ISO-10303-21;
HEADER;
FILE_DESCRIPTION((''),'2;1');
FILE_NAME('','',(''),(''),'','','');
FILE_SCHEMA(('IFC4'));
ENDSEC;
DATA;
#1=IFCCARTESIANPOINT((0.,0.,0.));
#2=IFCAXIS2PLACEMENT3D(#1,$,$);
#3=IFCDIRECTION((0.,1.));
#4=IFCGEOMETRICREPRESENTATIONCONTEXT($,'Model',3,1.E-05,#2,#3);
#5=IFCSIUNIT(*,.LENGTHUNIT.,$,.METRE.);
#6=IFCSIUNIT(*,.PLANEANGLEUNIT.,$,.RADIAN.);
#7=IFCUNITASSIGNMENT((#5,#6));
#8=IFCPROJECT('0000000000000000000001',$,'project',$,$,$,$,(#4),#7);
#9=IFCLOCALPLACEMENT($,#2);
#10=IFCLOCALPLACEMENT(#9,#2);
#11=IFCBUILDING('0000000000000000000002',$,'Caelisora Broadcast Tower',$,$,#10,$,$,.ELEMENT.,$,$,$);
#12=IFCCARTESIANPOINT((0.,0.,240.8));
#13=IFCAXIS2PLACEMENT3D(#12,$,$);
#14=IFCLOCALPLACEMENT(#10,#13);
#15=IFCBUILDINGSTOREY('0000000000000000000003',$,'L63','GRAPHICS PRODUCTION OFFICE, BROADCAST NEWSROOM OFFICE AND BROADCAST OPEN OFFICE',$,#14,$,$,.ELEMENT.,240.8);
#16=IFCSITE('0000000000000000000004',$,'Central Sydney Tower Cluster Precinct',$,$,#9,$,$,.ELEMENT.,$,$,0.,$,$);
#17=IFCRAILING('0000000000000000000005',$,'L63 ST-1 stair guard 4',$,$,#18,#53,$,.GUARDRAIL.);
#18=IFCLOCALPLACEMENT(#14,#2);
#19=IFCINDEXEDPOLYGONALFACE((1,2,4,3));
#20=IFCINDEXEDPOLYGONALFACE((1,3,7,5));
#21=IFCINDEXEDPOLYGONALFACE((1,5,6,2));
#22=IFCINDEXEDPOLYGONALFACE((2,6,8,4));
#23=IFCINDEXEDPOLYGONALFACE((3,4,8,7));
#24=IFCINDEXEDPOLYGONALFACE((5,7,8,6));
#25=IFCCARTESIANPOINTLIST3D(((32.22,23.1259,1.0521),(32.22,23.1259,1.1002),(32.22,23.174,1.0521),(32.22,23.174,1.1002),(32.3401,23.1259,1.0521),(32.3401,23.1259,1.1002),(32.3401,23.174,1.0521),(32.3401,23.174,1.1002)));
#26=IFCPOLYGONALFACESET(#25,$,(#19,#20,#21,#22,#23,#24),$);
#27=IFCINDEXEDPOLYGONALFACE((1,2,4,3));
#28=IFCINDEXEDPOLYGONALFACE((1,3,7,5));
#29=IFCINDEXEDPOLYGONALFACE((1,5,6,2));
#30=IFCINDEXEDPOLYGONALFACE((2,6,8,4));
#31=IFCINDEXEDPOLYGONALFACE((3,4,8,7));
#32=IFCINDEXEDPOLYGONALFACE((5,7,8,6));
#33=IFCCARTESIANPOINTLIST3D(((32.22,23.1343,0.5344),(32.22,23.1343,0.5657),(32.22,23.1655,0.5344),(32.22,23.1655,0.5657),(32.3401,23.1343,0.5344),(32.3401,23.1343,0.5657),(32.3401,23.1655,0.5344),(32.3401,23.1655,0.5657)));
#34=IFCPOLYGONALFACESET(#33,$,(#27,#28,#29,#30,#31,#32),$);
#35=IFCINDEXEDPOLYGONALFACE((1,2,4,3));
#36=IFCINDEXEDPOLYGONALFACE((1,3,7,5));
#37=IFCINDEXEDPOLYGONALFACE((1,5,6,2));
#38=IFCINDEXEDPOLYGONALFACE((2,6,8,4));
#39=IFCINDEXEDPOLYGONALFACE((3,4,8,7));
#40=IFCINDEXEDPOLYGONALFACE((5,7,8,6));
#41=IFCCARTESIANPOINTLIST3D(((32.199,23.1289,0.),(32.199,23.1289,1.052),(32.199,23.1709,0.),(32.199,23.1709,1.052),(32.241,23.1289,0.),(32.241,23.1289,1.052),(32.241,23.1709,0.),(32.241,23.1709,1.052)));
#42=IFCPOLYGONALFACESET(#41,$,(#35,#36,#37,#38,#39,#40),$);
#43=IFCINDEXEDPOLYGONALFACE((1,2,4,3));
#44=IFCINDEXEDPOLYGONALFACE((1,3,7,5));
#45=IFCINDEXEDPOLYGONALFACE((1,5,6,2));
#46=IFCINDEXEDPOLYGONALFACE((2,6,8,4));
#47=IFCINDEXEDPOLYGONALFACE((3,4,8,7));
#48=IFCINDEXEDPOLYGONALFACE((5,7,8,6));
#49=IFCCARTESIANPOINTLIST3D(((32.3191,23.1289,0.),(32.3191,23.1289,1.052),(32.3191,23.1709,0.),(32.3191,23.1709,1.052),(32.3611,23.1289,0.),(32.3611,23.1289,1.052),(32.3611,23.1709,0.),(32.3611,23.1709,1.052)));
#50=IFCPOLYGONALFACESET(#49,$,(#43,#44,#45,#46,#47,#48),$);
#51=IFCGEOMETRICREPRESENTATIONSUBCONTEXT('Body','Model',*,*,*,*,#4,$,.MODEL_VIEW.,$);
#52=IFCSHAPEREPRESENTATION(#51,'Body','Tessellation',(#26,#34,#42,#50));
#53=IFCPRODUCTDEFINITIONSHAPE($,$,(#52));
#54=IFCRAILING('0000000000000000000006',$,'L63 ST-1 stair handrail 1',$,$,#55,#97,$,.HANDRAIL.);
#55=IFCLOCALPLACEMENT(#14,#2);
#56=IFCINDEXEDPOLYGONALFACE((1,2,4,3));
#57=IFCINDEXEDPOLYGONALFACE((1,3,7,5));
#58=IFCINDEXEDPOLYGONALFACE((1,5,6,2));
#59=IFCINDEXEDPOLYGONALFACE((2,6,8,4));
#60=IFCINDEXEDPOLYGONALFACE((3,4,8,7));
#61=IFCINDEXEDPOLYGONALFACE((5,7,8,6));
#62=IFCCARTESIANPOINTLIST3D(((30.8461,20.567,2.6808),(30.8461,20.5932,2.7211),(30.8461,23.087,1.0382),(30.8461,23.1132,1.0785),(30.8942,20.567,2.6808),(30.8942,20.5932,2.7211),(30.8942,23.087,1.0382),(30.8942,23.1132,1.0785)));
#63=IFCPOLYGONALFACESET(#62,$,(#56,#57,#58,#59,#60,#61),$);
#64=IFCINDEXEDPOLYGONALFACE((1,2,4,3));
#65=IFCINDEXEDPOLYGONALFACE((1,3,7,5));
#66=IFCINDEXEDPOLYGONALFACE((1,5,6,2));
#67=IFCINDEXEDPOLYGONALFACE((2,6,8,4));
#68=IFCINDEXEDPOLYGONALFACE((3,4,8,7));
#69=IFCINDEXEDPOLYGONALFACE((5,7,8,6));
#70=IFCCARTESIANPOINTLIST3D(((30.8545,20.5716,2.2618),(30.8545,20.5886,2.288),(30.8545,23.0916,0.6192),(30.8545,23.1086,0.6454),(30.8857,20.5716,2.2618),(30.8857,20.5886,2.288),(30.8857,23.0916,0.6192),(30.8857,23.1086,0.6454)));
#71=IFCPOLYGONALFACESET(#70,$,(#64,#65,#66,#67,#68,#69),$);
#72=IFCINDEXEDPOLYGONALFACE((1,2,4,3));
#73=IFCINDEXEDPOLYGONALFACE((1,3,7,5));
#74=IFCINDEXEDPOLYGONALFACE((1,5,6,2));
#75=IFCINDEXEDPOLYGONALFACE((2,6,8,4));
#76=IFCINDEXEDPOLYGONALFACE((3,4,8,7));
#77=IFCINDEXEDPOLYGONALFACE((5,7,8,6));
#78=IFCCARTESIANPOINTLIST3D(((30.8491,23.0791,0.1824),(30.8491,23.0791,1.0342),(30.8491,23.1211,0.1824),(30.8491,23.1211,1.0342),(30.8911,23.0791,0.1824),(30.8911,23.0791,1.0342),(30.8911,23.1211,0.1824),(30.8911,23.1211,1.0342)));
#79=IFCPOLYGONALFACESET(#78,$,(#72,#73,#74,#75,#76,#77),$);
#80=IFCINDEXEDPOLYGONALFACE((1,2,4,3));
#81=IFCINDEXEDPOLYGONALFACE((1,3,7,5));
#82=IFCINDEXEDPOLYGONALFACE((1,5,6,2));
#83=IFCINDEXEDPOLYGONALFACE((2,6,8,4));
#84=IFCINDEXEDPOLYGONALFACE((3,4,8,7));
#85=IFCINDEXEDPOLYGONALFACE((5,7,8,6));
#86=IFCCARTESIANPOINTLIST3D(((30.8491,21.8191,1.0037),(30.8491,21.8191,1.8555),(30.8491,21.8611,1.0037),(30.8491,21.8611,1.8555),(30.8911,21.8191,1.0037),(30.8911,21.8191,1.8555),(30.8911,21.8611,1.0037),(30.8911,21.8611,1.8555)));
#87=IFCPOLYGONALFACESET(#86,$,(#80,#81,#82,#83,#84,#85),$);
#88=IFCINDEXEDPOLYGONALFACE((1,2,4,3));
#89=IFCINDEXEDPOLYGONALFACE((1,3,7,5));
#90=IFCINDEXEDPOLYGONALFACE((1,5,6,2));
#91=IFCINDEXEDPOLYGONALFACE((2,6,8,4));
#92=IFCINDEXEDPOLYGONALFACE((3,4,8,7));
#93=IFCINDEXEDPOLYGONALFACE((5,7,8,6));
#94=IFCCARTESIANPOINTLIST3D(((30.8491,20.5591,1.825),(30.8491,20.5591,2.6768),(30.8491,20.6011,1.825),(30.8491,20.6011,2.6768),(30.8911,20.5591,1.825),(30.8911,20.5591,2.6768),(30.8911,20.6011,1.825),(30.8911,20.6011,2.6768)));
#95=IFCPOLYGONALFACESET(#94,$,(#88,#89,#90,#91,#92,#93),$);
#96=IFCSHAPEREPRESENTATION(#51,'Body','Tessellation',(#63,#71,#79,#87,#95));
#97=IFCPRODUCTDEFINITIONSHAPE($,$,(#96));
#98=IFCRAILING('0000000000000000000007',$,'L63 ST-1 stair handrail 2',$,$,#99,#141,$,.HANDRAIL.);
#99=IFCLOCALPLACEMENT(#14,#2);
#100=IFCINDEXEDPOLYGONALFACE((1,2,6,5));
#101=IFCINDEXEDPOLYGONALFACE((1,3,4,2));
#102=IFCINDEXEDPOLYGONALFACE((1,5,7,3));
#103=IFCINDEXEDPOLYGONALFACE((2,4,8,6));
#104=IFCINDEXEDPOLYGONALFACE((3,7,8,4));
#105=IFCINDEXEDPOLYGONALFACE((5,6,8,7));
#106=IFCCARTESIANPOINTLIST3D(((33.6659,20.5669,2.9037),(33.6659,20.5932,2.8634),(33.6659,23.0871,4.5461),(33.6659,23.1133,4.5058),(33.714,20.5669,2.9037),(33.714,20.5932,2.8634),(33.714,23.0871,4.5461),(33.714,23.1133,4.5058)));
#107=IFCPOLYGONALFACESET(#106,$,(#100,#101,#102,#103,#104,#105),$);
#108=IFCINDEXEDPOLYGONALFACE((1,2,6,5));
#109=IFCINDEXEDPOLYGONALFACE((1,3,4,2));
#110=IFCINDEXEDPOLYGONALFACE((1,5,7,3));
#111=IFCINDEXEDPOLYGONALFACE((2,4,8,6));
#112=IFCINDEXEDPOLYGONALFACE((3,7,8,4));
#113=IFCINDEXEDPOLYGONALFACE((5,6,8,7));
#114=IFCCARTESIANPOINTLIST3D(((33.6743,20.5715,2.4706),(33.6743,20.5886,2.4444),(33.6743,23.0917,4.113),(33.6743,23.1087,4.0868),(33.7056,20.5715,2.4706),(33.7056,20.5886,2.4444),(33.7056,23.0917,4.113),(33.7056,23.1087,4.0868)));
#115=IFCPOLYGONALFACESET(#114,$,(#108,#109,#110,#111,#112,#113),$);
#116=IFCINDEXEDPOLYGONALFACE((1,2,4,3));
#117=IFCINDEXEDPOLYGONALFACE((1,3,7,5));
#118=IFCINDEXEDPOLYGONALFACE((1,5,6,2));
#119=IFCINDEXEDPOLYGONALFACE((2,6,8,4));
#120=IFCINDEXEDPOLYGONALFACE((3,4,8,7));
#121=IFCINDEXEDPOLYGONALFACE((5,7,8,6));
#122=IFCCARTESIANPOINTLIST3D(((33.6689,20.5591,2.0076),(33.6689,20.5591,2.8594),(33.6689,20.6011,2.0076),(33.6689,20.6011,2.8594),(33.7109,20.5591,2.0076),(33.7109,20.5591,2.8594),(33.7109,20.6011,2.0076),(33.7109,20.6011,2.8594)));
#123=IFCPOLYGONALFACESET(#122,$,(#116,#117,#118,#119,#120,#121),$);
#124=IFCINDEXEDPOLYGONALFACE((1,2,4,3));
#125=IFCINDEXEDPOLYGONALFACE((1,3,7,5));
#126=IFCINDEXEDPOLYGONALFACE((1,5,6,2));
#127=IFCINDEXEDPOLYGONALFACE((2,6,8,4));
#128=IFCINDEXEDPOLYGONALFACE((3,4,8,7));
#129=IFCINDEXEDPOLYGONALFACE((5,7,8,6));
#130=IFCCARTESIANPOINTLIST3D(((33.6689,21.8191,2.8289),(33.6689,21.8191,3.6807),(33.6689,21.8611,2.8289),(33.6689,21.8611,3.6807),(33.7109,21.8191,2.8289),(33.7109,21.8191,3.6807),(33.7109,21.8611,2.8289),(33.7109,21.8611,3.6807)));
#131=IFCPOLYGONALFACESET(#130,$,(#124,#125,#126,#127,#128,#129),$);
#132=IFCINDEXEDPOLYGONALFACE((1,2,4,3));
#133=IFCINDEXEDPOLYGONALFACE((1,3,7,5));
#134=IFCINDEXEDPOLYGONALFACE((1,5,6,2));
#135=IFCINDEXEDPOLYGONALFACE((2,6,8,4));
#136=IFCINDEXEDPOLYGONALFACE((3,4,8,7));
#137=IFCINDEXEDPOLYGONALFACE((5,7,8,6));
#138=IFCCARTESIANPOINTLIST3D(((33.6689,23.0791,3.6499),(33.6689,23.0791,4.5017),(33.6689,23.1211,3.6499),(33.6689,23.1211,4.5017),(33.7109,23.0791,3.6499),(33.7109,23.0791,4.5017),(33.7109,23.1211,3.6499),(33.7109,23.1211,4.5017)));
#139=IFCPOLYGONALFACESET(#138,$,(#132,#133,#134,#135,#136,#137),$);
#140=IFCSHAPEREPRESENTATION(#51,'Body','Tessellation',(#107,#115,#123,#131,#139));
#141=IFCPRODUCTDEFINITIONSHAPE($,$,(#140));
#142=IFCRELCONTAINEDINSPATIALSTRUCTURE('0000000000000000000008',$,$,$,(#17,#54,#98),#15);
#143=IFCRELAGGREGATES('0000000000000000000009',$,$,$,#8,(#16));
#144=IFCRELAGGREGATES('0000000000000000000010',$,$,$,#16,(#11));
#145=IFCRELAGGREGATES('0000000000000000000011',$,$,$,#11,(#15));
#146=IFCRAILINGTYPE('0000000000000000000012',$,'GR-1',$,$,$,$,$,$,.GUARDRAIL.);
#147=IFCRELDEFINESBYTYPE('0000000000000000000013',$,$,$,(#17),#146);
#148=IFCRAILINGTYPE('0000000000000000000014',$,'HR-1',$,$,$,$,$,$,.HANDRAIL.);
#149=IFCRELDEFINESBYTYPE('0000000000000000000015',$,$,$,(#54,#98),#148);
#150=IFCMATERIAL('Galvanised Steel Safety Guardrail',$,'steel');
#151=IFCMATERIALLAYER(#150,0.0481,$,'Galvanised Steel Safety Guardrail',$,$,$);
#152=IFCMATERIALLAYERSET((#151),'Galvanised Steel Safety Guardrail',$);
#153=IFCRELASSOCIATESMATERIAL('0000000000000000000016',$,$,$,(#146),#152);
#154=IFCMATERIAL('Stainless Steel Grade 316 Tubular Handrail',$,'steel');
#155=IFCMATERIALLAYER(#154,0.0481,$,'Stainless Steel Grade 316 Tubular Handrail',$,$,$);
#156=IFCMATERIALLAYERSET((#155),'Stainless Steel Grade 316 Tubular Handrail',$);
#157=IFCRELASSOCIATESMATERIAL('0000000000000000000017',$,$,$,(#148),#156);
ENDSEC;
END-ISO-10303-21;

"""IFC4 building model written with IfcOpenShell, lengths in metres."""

from ifc_helpers import new_model, si_unit, direction, frame, origin, origin_2d, place, context, subcontext, project, spatial, rectangle, extrude, material, layer, layer_set, type_object, element, save


model = new_model("IFC4")

# Units and contexts
model_context = context("Model", 3, precision=1e-05, world=origin(), true_north=direction((0.0, 1.0)))
body_context = subcontext(model_context, "Body", "Model", "MODEL_VIEW")
ifc_project = project(units=[si_unit("LENGTHUNIT", "METRE"), si_unit("PLANEANGLEUNIT", "RADIAN")], contexts=[model_context])

# Site, building, storey
site_placement = place(None, origin())
site = spatial("IfcSite", under=ifc_project, at=site_placement, Name="Central Sydney Tower Cluster Precinct", CompositionType="ELEMENT", RefElevation=0.0)
building_placement = place(site_placement, origin())
building = spatial("IfcBuilding", under=site, at=building_placement, Name="Caelisora Broadcast Tower", CompositionType="ELEMENT")
storey_placement = place(building_placement, frame((0.0, 0.0, 240.8)))
storey = spatial("IfcBuildingStorey", under=building, at=storey_placement, Name="L63", Description="GRAPHICS PRODUCTION OFFICE, BROADCAST NEWSROOM OFFICE AND BROADCAST OPEN OFFICE", CompositionType="ELEMENT", Elevation=240.8)

# Railings
ifc_material_1 = material(Name="Galvanised Steel Safety Guardrail", Category="steel")
ifc_layer_1 = layer(ifc_material_1, 0.0481, Name="Galvanised Steel Safety Guardrail")
ifc_layer_set_1 = layer_set([ifc_layer_1], Name="Galvanised Steel Safety Guardrail")
railing_type_1 = type_object("IfcRailingType", Name="GR-1", PredefinedType="GUARDRAIL", material=ifc_layer_set_1)
railing_1_placement = place(storey_placement, frame((32.22, 23.1499, 0.0)))
element("IfcRailing", 1, at=railing_1_placement, inside=storey, type_object=railing_type_1, Name="L63 ST-1 stair guard 4", PredefinedType="GUARDRAIL", context=body_context, shape_type="SweptSolid", body=[
    extrude(rectangle(XDim=0.0481, YDim=0.0481, at=origin_2d()), frame((0.0, 0.0, 1.0762), z_axis=(1.0, 0.0, 0.0), x_axis=(0.0, 1.0, 0.0)), (0.0, 0.0, 1.0), 0.1201),
    extrude(rectangle(XDim=0.0312, YDim=0.0312, at=origin_2d()), frame((0.0, 0.0, 0.55), z_axis=(1.0, 0.0, 0.0), x_axis=(0.0, 1.0, 0.0)), (0.0, 0.0, 1.0), 0.1201),
    extrude(rectangle(XDim=0.042, YDim=0.042, at=origin_2d()), origin(), (0.0, 0.0, 1.0), 1.052),
    extrude(rectangle(XDim=0.042, YDim=0.042, at=origin_2d()), frame((0.1201, 0.0, 0.0)), (0.0, 0.0, 1.0), 1.052),
])
ifc_material_2 = material(Name="Stainless Steel Grade 316 Tubular Handrail", Category="steel")
ifc_layer_2 = layer(ifc_material_2, 0.0481, Name="Stainless Steel Grade 316 Tubular Handrail")
ifc_layer_set_2 = layer_set([ifc_layer_2], Name="Stainless Steel Grade 316 Tubular Handrail")
railing_type_2 = type_object("IfcRailingType", Name="HR-1", PredefinedType="HANDRAIL", material=ifc_layer_set_2)
railing_2_placement = place(storey_placement, frame((30.8701, 23.1001, 0.1824)))
element("IfcRailing", 2, at=railing_2_placement, inside=storey, type_object=railing_type_2, Name="L63 ST-1 stair handrail 1", PredefinedType="HANDRAIL", context=body_context, shape_type="SweptSolid", body=[
    extrude(rectangle(XDim=0.0481, YDim=0.0481, at=origin_2d()), frame((0.0, 0.0, 0.876), z_axis=(0.0, -0.837749, 0.546055), x_axis=(1.0, 0.0, 0.0)), (0.0, 0.0, 1.0), 3.0081),
    extrude(rectangle(XDim=0.0312, YDim=0.0312, at=origin_2d()), frame((0.0, 0.0, 0.45), z_axis=(0.0, -0.837749, 0.546055), x_axis=(1.0, 0.0, 0.0)), (0.0, 0.0, 1.0), 3.0081),
    extrude(rectangle(XDim=0.042, YDim=0.042, at=origin_2d()), origin(), (0.0, 0.0, 1.0), 0.8518),
    extrude(rectangle(XDim=0.042, YDim=0.042, at=origin_2d()), frame((0.0, -1.26, 0.8213)), (0.0, 0.0, 1.0), 0.8518),
    extrude(rectangle(XDim=0.042, YDim=0.042, at=origin_2d()), frame((0.0, -2.52, 1.6426)), (0.0, 0.0, 1.0), 0.8518),
])
railing_3_placement = place(storey_placement, frame((33.6899, 20.5801, 2.0076)))
element("IfcRailing", 3, at=railing_3_placement, inside=storey, type_object=railing_type_2, Name="L63 ST-1 stair handrail 2", PredefinedType="HANDRAIL", context=body_context, shape_type="SweptSolid", body=[
    extrude(rectangle(XDim=0.0481, YDim=0.0481, at=origin_2d()), frame((0.0, 0.0, 0.876), z_axis=(0.0, 0.837787, 0.545998), x_axis=(-1.0, 0.0, 0.0)), (0.0, 0.0, 1.0), 3.0081),
    extrude(rectangle(XDim=0.0312, YDim=0.0312, at=origin_2d()), frame((0.0, 0.0, 0.45), z_axis=(0.0, 0.837787, 0.545998), x_axis=(-1.0, 0.0, 0.0)), (0.0, 0.0, 1.0), 3.0081),
    extrude(rectangle(XDim=0.042, YDim=0.042, at=origin_2d()), origin(), (0.0, 0.0, 1.0), 0.8518),
    extrude(rectangle(XDim=0.042, YDim=0.042, at=origin_2d()), frame((0.0, 1.26, 0.8213)), (0.0, 0.0, 1.0), 0.8518),
    extrude(rectangle(XDim=0.042, YDim=0.042, at=origin_2d()), frame((0.0, 2.52, 1.6423)), (0.0, 0.0, 1.0), 0.8518),
])

save(model, "model.ifc")
